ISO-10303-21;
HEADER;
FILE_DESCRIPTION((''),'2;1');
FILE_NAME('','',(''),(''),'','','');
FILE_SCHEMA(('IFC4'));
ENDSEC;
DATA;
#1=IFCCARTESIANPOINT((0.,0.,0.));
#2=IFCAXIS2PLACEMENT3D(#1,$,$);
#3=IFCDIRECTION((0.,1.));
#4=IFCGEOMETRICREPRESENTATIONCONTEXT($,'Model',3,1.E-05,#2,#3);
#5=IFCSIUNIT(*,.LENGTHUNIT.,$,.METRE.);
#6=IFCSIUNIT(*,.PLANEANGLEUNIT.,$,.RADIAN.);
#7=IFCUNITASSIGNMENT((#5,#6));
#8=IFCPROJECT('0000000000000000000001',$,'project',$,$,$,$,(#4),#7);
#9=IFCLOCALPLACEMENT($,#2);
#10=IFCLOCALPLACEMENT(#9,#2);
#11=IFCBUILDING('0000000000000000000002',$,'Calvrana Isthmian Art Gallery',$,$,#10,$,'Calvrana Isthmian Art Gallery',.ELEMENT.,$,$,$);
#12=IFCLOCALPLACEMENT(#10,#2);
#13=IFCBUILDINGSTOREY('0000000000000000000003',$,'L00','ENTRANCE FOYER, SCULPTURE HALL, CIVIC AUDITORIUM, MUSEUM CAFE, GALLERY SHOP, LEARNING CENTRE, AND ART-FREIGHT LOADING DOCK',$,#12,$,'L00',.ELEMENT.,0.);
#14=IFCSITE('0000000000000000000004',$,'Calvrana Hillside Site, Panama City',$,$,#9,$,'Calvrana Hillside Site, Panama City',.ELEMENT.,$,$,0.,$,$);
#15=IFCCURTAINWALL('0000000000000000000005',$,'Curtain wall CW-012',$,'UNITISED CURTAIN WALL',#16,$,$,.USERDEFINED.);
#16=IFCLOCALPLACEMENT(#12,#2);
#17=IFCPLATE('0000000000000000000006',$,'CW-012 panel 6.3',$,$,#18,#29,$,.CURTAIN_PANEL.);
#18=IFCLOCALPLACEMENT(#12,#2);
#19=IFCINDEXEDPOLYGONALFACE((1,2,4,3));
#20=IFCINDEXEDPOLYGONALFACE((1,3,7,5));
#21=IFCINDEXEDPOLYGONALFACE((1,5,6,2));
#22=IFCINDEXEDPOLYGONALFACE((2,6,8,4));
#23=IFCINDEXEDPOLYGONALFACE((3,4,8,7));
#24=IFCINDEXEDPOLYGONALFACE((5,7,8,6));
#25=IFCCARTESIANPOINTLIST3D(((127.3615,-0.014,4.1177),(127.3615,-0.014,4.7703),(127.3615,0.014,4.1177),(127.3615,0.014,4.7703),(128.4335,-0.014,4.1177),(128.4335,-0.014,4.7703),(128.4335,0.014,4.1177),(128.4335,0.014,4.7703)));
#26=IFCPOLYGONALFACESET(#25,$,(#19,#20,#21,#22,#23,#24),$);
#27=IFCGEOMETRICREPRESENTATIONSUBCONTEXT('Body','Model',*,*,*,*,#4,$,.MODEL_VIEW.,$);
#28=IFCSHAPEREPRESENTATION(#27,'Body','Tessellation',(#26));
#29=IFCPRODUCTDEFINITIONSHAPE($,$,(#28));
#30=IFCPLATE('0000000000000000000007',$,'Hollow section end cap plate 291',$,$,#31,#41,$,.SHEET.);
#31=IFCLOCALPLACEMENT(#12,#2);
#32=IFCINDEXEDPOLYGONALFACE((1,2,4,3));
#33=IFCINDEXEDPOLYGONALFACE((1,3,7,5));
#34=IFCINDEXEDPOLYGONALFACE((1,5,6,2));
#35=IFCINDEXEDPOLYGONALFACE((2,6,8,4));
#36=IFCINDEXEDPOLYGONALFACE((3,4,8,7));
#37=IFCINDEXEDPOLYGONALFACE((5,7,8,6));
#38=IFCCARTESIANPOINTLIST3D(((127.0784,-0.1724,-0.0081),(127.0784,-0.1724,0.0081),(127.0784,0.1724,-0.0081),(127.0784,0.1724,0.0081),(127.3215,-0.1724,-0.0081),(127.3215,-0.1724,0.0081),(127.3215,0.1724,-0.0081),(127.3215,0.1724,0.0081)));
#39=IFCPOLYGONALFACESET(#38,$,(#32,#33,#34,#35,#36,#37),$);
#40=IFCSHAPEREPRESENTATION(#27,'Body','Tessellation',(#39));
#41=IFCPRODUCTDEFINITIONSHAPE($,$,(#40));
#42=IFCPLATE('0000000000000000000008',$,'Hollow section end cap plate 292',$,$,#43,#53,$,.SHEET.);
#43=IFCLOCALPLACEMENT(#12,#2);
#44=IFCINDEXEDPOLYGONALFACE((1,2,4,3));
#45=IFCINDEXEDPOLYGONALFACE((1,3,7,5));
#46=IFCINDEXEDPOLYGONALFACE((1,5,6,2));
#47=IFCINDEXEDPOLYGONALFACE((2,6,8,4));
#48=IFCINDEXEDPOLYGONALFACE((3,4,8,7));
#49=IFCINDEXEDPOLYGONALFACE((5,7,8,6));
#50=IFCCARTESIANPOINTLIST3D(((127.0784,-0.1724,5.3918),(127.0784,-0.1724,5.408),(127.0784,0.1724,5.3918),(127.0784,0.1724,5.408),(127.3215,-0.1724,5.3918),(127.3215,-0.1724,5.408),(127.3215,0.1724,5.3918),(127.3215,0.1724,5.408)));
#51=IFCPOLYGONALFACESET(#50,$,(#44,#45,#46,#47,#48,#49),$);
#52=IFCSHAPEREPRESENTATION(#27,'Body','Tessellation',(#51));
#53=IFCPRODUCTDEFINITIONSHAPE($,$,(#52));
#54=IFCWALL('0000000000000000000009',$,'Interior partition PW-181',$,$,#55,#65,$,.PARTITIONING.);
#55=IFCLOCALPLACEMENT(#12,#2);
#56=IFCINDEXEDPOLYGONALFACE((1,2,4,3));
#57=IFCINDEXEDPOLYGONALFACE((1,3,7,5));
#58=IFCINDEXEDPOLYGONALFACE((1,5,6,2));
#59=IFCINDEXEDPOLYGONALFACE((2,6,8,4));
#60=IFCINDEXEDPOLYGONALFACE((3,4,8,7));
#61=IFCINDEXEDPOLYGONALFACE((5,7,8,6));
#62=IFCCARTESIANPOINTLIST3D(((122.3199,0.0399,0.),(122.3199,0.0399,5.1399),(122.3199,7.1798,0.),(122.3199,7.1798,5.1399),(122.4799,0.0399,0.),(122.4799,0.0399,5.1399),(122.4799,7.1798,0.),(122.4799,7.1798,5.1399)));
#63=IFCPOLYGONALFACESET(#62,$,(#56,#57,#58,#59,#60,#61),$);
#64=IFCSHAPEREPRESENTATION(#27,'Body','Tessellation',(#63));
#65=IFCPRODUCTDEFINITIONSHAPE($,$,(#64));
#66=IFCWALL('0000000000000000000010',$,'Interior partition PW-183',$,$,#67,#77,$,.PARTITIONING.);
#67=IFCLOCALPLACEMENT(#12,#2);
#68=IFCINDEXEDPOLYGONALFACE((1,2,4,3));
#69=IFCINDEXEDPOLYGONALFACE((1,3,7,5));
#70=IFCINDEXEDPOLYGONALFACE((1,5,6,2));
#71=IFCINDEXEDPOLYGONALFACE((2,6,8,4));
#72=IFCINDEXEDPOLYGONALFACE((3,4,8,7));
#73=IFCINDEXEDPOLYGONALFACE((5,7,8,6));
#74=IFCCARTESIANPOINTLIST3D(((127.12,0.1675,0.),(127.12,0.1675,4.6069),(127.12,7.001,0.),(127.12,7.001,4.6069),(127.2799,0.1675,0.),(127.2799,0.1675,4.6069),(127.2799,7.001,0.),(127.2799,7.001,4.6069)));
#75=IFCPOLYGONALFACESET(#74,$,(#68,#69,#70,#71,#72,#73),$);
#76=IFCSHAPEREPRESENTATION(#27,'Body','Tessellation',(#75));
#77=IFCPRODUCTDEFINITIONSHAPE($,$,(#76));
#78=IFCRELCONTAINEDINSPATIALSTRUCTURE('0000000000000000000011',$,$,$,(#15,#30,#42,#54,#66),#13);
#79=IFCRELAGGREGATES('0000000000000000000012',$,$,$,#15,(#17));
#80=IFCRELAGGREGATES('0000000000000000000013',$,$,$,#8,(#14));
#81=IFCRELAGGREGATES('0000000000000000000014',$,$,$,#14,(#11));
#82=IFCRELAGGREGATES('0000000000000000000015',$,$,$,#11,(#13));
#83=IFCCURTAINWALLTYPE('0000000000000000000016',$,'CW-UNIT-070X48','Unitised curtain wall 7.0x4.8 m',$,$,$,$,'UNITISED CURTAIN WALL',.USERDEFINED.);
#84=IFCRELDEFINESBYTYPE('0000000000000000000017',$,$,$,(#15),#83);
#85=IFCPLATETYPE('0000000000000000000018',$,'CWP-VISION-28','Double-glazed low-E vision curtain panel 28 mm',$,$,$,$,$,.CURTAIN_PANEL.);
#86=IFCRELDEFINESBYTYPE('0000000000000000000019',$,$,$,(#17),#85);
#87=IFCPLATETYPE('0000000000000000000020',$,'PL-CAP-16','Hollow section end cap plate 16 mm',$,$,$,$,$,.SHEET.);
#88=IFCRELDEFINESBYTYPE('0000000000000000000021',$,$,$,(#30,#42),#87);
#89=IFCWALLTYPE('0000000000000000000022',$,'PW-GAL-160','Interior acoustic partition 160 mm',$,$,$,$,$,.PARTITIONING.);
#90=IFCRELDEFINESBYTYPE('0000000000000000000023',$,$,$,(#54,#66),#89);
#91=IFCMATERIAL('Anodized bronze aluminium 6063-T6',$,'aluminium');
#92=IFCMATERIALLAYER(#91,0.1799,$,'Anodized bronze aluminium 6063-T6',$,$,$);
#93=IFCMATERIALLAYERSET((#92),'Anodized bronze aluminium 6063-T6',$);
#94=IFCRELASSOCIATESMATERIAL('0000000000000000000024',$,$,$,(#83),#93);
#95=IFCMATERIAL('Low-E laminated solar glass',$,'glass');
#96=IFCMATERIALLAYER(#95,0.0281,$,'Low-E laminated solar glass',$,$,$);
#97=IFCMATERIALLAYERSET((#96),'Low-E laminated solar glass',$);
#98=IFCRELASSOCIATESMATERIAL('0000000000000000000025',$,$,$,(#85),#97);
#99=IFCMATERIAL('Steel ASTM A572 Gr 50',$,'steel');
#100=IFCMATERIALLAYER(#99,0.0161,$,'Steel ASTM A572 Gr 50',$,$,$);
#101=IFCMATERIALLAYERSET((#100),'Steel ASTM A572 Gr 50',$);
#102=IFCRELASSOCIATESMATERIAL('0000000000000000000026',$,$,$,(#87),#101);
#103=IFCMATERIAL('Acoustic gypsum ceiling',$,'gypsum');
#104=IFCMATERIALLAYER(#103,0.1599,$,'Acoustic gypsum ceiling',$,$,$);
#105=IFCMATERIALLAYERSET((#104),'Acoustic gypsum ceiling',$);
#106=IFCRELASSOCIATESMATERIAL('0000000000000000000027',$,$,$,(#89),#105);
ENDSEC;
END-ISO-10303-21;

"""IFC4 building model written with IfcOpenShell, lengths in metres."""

from ifc_helpers import new_model, si_unit, direction, frame, frame_2d, origin, origin_2d, place, context, subcontext, project, spatial, rectangle, extrude, material, layer, layer_set, type_object, element, aggregate, save


model = new_model("IFC4")

# Units and contexts
model_context = context("Model", 3, precision=1e-05, world=origin(), true_north=direction((0.0, 1.0)))
body_context = subcontext(model_context, "Body", "Model", "MODEL_VIEW")
ifc_project = project(units=[si_unit("LENGTHUNIT", "METRE"), si_unit("PLANEANGLEUNIT", "RADIAN")], contexts=[model_context])

# Site, building, storey
site_placement = place(None, origin())
site = spatial("IfcSite", under=ifc_project, at=site_placement, Name="Calvrana Hillside Site, Panama City", LongName="Calvrana Hillside Site, Panama City", CompositionType="ELEMENT", RefElevation=0.0)
building_placement = place(site_placement, origin())
building = spatial("IfcBuilding", under=site, at=building_placement, Name="Calvrana Isthmian Art Gallery", LongName="Calvrana Isthmian Art Gallery", CompositionType="ELEMENT")
storey_placement = place(building_placement, origin())
storey = spatial("IfcBuildingStorey", under=building, at=storey_placement, Name="L00", Description="ENTRANCE FOYER, SCULPTURE HALL, CIVIC AUDITORIUM, MUSEUM CAFE, GALLERY SHOP, LEARNING CENTRE, AND ART-FREIGHT LOADING DOCK", LongName="L00", CompositionType="ELEMENT", Elevation=0.0)

# Curtain wall
ifc_material_1 = material(Name="Anodized bronze aluminium 6063-T6", Category="aluminium")
ifc_layer_1 = layer(ifc_material_1, 0.1799, Name="Anodized bronze aluminium 6063-T6")
ifc_layer_set_1 = layer_set([ifc_layer_1], Name="Anodized bronze aluminium 6063-T6")
curtain_wall_type_1 = type_object("IfcCurtainWallType", Name="CW-UNIT-070X48", Description="Unitised curtain wall 7.0x4.8 m", ElementType="UNITISED CURTAIN WALL", PredefinedType="USERDEFINED", material=ifc_layer_set_1)
curtain_wall_1_placement = place(storey_placement, origin())
curtain_wall_1 = element("IfcCurtainWall", 1, at=curtain_wall_1_placement, inside=storey, type_object=curtain_wall_type_1, Name="Curtain wall CW-012", ObjectType="UNITISED CURTAIN WALL", PredefinedType="USERDEFINED")

# Shared definitions
ifc_material_2 = material(Name="Low-E laminated solar glass", Category="glass")
ifc_layer_2 = layer(ifc_material_2, 0.0281, Name="Low-E laminated solar glass")
ifc_layer_set_2 = layer_set([ifc_layer_2], Name="Low-E laminated solar glass")
plate_type_1 = type_object("IfcPlateType", Name="CWP-VISION-28", Description="Double-glazed low-E vision curtain panel 28 mm", PredefinedType="CURTAIN_PANEL", material=ifc_layer_set_2)

# Plate
plate_1_placement = place(storey_placement, frame((127.8975, 0.0, 4.1177), z_axis=(0.0, 0.0, 1.0), x_axis=(-1.0, 0.0, 0.0)))
plate_1 = element("IfcPlate", 2, at=plate_1_placement, type_object=plate_type_1, Name="CW-012 panel 6.3", PredefinedType="CURTAIN_PANEL", context=body_context, shape_type="SweptSolid", body=[
    extrude(rectangle(XDim=1.072, YDim=0.0281, at=origin_2d()), origin(), (0.0, 0.0, 1.0), 0.6526),
])
aggregate(curtain_wall_1, [plate_1])

# Plates
ifc_material_3 = material(Name="Steel ASTM A572 Gr 50", Category="steel")
ifc_layer_3 = layer(ifc_material_3, 0.0161, Name="Steel ASTM A572 Gr 50")
ifc_layer_set_3 = layer_set([ifc_layer_3], Name="Steel ASTM A572 Gr 50")
plate_type_2 = type_object("IfcPlateType", Name="PL-CAP-16", Description="Hollow section end cap plate 16 mm", PredefinedType="SHEET", material=ifc_layer_set_3)
for number, where, z_axis, x_axis, name in (
    (3, (127.2, 0.0, -0.0081), (0.0, 0.0, 1.0), (1.0, 0.0, 0.0), "Hollow section end cap plate 291"),
    (4, (127.2, 0.0, 5.3918), (0.0, 0.0, 1.0), (1.0, 0.0, 0.0), "Hollow section end cap plate 292"),
):
    element("IfcPlate", number, at=place(storey_placement, frame(where, z_axis=z_axis, x_axis=x_axis)), inside=storey, type_object=plate_type_2, Name=name, PredefinedType="SHEET", context=body_context, shape_type="SweptSolid", body=[
        extrude(rectangle(XDim=0.2432, YDim=0.3447, at=origin_2d()), origin(), (0.0, 0.0, 1.0), 0.0161),
    ])

# Walls
ifc_material_4 = material(Name="Acoustic gypsum ceiling", Category="gypsum")
ifc_layer_4 = layer(ifc_material_4, 0.1599, Name="Acoustic gypsum ceiling")
ifc_layer_set_4 = layer_set([ifc_layer_4], Name="Acoustic gypsum ceiling")
wall_type = type_object("IfcWallType", Name="PW-GAL-160", Description="Interior acoustic partition 160 mm", PredefinedType="PARTITIONING", material=ifc_layer_set_4)
wall_1_placement = place(storey_placement, frame((122.3999, 0.04, 0.0), z_axis=(0.0, 0.0, 1.0), x_axis=(0.0, 1.0, 0.0)))
element("IfcWall", 5, at=wall_1_placement, inside=storey, type_object=wall_type, Name="Interior partition PW-181", PredefinedType="PARTITIONING", context=body_context, shape_type="SweptSolid", body=[
    extrude(rectangle(XDim=7.1399, YDim=0.1599, at=frame_2d((3.5698, 0.0))), origin(), (0.0, 0.0, 1.0), 5.1399),
])
wall_2_placement = place(storey_placement, frame((127.2, 0.1675, 0.0), z_axis=(0.0, 0.0, 1.0), x_axis=(0.0, 1.0, 0.0)))
element("IfcWall", 6, at=wall_2_placement, inside=storey, type_object=wall_type, Name="Interior partition PW-183", PredefinedType="PARTITIONING", context=body_context, shape_type="SweptSolid", body=[
    extrude(rectangle(XDim=6.8335, YDim=0.1599, at=frame_2d((3.4167, 0.0))), origin(), (0.0, 0.0, 1.0), 4.6069),
])

save(model, "model.ifc")
